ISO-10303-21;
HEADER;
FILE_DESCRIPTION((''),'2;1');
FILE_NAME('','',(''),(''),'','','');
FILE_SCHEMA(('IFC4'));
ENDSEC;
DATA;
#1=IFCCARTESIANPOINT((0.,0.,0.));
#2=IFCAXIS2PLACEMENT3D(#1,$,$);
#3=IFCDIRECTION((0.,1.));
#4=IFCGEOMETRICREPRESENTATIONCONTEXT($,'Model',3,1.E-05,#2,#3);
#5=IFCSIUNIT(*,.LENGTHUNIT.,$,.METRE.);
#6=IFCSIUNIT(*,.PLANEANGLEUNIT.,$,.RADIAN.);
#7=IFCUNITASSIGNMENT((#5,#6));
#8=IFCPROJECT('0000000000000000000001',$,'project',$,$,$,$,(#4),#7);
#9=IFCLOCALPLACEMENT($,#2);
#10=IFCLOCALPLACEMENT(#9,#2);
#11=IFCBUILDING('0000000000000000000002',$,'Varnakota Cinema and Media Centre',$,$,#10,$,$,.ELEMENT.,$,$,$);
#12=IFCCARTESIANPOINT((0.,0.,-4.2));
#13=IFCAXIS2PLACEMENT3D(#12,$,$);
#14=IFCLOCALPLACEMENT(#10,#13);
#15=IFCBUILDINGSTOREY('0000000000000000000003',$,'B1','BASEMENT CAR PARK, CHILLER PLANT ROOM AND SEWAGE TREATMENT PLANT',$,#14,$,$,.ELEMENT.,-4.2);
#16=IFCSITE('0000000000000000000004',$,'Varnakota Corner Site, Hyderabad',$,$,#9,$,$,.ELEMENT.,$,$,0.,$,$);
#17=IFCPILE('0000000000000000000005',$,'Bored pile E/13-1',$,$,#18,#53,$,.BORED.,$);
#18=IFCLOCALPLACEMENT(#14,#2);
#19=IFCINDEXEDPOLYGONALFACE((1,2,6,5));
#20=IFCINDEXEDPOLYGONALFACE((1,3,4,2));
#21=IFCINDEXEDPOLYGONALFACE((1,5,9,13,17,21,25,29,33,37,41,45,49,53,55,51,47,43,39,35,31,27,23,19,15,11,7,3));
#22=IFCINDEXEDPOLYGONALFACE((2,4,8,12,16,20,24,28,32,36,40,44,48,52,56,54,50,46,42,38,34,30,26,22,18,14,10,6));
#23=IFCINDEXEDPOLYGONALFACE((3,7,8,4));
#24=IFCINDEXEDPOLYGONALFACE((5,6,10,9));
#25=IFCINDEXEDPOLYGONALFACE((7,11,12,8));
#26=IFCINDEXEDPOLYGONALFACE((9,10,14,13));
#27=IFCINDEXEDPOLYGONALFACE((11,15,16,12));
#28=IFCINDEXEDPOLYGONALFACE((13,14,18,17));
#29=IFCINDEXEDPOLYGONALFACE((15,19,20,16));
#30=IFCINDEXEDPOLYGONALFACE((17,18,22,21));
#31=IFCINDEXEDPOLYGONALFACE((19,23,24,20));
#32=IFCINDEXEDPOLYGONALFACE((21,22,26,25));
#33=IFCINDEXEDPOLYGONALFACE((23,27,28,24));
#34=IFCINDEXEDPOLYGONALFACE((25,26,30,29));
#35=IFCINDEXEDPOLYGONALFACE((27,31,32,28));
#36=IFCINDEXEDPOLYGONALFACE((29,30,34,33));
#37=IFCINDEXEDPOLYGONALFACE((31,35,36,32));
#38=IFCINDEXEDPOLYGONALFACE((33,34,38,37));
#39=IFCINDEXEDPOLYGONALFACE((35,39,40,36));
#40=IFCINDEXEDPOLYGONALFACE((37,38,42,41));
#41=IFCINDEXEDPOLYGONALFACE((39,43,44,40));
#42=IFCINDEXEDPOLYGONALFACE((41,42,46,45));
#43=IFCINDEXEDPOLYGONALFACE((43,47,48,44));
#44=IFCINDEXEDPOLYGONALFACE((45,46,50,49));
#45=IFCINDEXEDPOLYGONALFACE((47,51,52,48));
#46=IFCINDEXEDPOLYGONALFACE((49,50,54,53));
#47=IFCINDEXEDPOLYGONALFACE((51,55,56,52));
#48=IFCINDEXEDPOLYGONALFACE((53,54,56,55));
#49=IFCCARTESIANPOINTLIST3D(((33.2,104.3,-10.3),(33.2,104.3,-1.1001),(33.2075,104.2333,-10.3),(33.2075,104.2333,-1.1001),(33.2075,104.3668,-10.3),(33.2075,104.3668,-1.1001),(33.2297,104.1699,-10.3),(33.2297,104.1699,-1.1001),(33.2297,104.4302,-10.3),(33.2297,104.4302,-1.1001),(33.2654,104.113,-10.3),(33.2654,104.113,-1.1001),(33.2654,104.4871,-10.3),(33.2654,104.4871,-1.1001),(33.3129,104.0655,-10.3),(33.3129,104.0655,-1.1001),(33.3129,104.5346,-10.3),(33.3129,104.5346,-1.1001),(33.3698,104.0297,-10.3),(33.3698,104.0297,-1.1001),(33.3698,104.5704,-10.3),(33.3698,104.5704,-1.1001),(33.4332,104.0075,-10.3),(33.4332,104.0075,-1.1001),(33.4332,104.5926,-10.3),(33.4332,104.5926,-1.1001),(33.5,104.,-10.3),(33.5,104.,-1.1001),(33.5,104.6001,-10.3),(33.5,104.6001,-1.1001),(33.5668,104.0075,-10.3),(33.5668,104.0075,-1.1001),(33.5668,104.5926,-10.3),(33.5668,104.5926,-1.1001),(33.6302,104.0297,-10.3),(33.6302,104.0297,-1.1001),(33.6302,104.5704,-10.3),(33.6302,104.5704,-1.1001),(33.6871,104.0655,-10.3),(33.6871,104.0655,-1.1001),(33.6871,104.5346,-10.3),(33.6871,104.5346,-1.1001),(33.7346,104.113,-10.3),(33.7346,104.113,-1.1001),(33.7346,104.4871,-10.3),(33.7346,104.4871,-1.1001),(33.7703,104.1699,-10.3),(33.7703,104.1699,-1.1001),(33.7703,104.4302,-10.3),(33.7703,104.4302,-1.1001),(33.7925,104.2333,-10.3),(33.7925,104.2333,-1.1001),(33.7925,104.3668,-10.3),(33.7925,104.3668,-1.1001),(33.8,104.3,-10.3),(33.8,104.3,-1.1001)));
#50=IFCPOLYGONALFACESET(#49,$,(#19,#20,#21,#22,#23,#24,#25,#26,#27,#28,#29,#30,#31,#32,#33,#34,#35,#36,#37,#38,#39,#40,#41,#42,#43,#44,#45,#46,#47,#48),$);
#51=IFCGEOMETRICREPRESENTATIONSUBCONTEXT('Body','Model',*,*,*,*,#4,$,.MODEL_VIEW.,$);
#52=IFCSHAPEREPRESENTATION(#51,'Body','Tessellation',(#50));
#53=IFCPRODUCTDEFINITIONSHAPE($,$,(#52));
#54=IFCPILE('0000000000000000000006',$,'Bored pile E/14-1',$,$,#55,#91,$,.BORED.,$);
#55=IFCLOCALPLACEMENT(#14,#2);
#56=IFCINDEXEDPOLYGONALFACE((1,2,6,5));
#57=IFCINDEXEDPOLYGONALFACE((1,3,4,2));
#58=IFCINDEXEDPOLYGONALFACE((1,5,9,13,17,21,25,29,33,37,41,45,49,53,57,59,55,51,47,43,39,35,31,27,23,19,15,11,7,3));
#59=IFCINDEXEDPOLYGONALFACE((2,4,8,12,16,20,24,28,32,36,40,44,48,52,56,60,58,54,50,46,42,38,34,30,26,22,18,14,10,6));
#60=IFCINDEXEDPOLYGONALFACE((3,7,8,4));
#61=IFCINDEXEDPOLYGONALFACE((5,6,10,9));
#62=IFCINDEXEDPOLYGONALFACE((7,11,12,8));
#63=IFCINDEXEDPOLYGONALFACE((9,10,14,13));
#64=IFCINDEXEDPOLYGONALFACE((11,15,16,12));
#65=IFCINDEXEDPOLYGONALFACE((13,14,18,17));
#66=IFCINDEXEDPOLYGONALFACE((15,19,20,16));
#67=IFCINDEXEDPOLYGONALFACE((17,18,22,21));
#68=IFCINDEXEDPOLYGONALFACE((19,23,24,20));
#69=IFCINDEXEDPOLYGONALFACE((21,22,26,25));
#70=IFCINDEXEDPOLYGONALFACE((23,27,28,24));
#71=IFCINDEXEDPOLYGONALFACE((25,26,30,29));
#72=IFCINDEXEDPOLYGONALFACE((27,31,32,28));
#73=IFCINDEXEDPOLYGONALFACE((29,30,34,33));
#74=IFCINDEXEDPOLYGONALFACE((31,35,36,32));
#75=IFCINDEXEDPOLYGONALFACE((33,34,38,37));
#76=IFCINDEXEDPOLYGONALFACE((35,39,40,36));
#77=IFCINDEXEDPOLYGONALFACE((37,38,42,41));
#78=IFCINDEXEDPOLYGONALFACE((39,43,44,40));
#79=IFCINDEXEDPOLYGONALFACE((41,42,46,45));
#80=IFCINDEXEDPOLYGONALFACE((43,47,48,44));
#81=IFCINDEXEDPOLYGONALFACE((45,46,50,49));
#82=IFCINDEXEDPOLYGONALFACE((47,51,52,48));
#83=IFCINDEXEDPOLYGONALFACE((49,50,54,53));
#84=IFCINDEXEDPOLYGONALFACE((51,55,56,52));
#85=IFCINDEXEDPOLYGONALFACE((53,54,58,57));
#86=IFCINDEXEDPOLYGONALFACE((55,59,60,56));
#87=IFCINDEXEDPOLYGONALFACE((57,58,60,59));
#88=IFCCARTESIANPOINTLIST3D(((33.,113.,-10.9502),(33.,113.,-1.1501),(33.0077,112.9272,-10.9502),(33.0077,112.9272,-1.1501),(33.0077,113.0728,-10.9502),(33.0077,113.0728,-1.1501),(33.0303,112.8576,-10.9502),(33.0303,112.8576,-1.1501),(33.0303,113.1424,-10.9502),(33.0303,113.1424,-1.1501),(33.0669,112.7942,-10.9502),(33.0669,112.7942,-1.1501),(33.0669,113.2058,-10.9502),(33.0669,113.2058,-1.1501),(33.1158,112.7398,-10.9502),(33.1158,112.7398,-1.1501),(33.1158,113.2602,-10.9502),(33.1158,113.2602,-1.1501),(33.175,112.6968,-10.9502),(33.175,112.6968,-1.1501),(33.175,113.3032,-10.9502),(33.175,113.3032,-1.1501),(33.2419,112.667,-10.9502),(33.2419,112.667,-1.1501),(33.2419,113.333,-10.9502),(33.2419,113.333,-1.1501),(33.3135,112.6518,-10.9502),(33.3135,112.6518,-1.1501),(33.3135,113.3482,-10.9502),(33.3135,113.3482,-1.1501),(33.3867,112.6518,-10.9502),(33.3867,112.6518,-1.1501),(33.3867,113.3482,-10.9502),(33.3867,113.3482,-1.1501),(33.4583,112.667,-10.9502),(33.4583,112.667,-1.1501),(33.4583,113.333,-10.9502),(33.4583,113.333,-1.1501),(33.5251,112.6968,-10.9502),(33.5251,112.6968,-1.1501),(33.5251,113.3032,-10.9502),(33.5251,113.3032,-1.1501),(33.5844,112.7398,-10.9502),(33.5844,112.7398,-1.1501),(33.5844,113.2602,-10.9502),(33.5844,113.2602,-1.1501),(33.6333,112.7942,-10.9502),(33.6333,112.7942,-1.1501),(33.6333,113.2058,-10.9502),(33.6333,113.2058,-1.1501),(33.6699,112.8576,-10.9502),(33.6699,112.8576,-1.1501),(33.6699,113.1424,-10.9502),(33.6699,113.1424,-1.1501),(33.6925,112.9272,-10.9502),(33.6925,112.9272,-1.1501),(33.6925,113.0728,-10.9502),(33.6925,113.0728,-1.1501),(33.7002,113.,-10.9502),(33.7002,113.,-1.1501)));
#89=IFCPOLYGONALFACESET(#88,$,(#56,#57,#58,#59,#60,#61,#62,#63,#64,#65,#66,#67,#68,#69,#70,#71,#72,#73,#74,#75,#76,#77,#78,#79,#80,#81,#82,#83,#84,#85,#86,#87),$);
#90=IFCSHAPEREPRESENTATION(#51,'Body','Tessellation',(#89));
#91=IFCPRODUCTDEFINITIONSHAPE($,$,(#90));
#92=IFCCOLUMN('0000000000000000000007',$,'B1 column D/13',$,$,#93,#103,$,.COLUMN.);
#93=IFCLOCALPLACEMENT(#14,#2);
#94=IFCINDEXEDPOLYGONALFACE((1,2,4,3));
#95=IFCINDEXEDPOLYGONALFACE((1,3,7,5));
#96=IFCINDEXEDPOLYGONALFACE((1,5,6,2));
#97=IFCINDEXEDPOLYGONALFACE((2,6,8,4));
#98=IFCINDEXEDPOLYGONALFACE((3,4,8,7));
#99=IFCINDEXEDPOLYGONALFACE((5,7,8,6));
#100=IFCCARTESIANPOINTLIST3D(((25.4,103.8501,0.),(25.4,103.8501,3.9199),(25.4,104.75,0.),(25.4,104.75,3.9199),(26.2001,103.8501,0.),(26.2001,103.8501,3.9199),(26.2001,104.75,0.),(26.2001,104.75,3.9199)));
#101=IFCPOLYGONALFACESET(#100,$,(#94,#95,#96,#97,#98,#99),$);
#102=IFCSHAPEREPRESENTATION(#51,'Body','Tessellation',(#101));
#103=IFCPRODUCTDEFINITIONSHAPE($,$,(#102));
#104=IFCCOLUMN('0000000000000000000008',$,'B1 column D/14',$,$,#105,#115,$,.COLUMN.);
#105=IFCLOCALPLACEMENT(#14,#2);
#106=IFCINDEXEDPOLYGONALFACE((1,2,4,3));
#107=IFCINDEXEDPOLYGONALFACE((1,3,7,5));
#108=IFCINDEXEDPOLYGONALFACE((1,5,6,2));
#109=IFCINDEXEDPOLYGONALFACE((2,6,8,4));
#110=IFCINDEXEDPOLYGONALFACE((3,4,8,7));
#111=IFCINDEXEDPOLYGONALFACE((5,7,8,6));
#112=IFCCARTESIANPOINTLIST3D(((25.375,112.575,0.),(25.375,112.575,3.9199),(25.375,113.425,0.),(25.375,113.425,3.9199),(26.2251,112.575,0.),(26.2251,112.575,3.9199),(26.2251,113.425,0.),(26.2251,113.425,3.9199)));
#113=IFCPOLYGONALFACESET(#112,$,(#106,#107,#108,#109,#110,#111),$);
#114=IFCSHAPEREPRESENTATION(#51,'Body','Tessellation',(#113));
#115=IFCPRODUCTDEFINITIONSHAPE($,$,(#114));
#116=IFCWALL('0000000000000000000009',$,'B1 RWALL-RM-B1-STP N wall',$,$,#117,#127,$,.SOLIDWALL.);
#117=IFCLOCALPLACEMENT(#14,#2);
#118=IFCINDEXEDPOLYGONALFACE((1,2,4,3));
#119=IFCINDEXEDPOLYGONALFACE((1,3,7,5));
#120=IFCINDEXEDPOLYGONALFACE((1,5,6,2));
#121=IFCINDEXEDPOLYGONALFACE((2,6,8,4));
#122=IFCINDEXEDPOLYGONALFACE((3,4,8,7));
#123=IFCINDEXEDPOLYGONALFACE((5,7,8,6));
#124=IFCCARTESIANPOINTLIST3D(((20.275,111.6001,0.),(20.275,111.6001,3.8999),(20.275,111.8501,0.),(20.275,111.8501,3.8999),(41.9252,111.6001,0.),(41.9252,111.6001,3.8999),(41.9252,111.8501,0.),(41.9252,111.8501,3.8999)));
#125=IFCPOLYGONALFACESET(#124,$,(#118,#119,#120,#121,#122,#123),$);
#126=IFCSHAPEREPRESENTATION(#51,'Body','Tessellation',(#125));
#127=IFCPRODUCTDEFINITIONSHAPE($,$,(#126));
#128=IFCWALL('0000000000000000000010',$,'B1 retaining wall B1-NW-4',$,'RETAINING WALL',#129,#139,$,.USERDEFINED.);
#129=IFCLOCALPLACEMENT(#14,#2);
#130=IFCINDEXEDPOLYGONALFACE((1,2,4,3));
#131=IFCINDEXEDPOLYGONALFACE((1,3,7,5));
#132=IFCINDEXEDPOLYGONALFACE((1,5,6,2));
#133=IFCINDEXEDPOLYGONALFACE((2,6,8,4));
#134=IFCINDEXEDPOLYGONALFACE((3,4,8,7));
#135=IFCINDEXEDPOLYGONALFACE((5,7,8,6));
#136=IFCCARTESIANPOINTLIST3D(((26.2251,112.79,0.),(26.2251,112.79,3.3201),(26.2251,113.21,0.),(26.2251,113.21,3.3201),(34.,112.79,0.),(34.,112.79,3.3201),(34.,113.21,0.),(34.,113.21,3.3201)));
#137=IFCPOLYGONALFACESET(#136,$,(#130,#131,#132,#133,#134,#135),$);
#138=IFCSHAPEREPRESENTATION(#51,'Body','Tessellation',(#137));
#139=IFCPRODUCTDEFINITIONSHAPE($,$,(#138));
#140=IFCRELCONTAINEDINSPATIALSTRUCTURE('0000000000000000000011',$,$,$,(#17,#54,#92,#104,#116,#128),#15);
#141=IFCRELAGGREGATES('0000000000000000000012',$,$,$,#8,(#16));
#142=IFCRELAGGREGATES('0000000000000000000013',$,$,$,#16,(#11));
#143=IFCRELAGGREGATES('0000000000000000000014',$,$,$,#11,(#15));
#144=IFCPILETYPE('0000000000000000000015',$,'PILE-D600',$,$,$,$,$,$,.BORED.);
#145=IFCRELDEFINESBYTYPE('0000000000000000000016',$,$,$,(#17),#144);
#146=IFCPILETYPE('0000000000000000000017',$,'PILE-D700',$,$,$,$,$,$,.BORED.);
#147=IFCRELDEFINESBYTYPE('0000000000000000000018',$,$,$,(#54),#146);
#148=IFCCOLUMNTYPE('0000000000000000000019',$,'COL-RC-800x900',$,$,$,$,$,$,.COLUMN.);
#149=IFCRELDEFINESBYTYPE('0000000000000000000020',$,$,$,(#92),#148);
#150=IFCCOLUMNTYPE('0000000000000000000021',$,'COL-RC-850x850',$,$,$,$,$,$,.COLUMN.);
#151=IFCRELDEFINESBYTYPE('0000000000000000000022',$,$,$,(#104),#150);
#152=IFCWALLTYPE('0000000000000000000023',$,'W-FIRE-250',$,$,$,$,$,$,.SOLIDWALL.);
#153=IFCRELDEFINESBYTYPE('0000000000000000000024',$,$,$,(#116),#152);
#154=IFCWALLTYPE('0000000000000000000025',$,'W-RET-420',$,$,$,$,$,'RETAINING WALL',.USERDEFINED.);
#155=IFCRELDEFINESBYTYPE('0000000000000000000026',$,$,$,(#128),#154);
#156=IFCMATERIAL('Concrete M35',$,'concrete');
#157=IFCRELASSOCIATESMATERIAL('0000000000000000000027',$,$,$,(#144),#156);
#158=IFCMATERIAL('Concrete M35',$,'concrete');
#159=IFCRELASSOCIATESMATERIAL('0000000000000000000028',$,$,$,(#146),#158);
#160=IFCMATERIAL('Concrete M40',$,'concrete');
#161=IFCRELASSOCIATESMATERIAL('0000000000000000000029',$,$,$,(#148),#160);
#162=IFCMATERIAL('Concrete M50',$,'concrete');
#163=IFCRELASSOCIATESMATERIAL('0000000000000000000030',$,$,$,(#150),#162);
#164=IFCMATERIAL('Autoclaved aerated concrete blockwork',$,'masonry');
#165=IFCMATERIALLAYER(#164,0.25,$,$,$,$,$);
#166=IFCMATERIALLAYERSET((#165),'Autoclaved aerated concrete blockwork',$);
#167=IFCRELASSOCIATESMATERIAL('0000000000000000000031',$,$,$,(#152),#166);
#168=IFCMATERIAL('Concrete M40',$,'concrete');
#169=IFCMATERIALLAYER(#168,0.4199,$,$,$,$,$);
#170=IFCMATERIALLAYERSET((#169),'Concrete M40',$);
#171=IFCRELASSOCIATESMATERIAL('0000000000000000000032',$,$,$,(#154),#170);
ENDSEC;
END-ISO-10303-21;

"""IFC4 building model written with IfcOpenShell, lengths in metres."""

from ifc_helpers import new_model, si_unit, direction, frame, frame_2d, origin, origin_2d, place, context, subcontext, project, spatial, rectangle, circle, extrude, material, layer, layer_set, material_profile, profile_set, type_object, element, save


model = new_model("IFC4")

# Units and contexts
model_context = context("Model", 3, precision=1e-05, world=origin(), true_north=direction((0.0, 1.0)))
body_context = subcontext(model_context, "Body", "Model", "MODEL_VIEW")
ifc_project = project(units=[si_unit("LENGTHUNIT", "METRE"), si_unit("PLANEANGLEUNIT", "RADIAN")], contexts=[model_context])

# Site, building, storey
site_placement = place(None, origin())
site = spatial("IfcSite", under=ifc_project, at=site_placement, Name="Varnakota Corner Site, Hyderabad", CompositionType="ELEMENT", RefElevation=0.0)
building_placement = place(site_placement, origin())
building = spatial("IfcBuilding", under=site, at=building_placement, Name="Varnakota Cinema and Media Centre", CompositionType="ELEMENT")
storey_placement = place(building_placement, frame((0.0, 0.0, -4.2)))
storey = spatial("IfcBuildingStorey", under=building, at=storey_placement, Name="B1", Description="BASEMENT CAR PARK, CHILLER PLANT ROOM AND SEWAGE TREATMENT PLANT", CompositionType="ELEMENT", Elevation=-4.2)

# Piles
ifc_material_1 = material(Name="Concrete M35", Category="concrete")
ifc_material_profile_1 = material_profile(ifc_material_1, circle(Radius=0.3, at=origin_2d()), Name="PILE D600")
ifc_profile_set_1 = profile_set([ifc_material_profile_1], Name="Concrete M35")
pile_type_1 = type_object("IfcPileType", Name="PILE-D600", PredefinedType="BORED", material=ifc_profile_set_1)
for number, where, z_axis, x_axis, name in (
    (1, (33.5, 104.3, -1.1001), (0.0, 0.0, -1.0), (1.0, 0.0, 0.0), "Bored pile E/13-1"),
):
    element("IfcPile", number, at=place(storey_placement, frame(where, z_axis=z_axis, x_axis=x_axis)), inside=storey, type_object=pile_type_1, Name=name, PredefinedType="BORED", context=body_context, shape_type="SweptSolid", body=[
        extrude(circle(Radius=0.3, at=origin_2d()), origin(), (0.0, 0.0, 1.0), 9.2),
    ])
ifc_material_2 = material(Name="Concrete M35", Category="concrete")
ifc_material_profile_2 = material_profile(ifc_material_2, circle(Radius=0.3501, at=origin_2d()), Name="PILE D700")
ifc_profile_set_2 = profile_set([ifc_material_profile_2], Name="Concrete M35")
pile_type_2 = type_object("IfcPileType", Name="PILE-D700", PredefinedType="BORED", material=ifc_profile_set_2)
pile_placement = place(storey_placement, frame((33.3501, 113.0, -1.1501), z_axis=(0.0, 0.0, -1.0), x_axis=(1.0, 0.0, 0.0)))
element("IfcPile", 2, at=pile_placement, inside=storey, type_object=pile_type_2, Name="Bored pile E/14-1", PredefinedType="BORED", context=body_context, shape_type="SweptSolid", body=[
    extrude(circle(Radius=0.3501, at=origin_2d()), origin(), (0.0, 0.0, 1.0), 9.8),
])

# Columns
ifc_material_3 = material(Name="Concrete M40", Category="concrete")
ifc_material_profile_3 = material_profile(ifc_material_3, rectangle(XDim=0.8, YDim=0.8999, at=origin_2d()), Name="RC 800x900")
ifc_profile_set_3 = profile_set([ifc_material_profile_3], Name="Concrete M40")
column_type_1 = type_object("IfcColumnType", Name="COL-RC-800x900", PredefinedType="COLUMN", material=ifc_profile_set_3)
column_1_placement = place(storey_placement, frame((25.8, 104.3, 0.0), z_axis=(0.0, 0.0, 1.0), x_axis=(1.0, 0.0, 0.0)))
element("IfcColumn", 3, at=column_1_placement, inside=storey, type_object=column_type_1, Name="B1 column D/13", PredefinedType="COLUMN", context=body_context, shape_type="SweptSolid", body=[
    extrude(rectangle(XDim=0.8, YDim=0.8999, at=origin_2d()), origin(), (0.0, 0.0, 1.0), 3.9199),
])
ifc_material_4 = material(Name="Concrete M50", Category="concrete")
ifc_material_profile_4 = material_profile(ifc_material_4, rectangle(XDim=0.8501, YDim=0.8501, at=origin_2d()), Name="RC 850x850")
ifc_profile_set_4 = profile_set([ifc_material_profile_4], Name="Concrete M50")
column_type_2 = type_object("IfcColumnType", Name="COL-RC-850x850", PredefinedType="COLUMN", material=ifc_profile_set_4)
column_2_placement = place(storey_placement, frame((25.8, 113.0, 0.0), z_axis=(0.0, 0.0, 1.0), x_axis=(1.0, 0.0, 0.0)))
element("IfcColumn", 4, at=column_2_placement, inside=storey, type_object=column_type_2, Name="B1 column D/14", PredefinedType="COLUMN", context=body_context, shape_type="SweptSolid", body=[
    extrude(rectangle(XDim=0.8501, YDim=0.8501, at=origin_2d()), origin(), (0.0, 0.0, 1.0), 3.9199),
])

# Walls
ifc_material_5 = material(Name="Autoclaved aerated concrete blockwork", Category="masonry")
ifc_layer_1 = layer(ifc_material_5, 0.25)
ifc_layer_set_1 = layer_set([ifc_layer_1], Name="Autoclaved aerated concrete blockwork")
wall_type_1 = type_object("IfcWallType", Name="W-FIRE-250", PredefinedType="SOLIDWALL", material=ifc_layer_set_1)
wall_1_placement = place(storey_placement, frame((20.2749, 111.7251, 0.0), z_axis=(0.0, 0.0, 1.0), x_axis=(1.0, 0.0, 0.0)))
element("IfcWall", 5, at=wall_1_placement, inside=storey, type_object=wall_type_1, Name="B1 RWALL-RM-B1-STP N wall", PredefinedType="SOLIDWALL", context=body_context, shape_type="SweptSolid", body=[
    extrude(rectangle(XDim=21.6501, YDim=0.25, at=frame_2d((10.8252, 0.0))), origin(), (0.0, 0.0, 1.0), 3.8999),
])
ifc_material_6 = material(Name="Concrete M40", Category="concrete")
ifc_layer_2 = layer(ifc_material_6, 0.4199)
ifc_layer_set_2 = layer_set([ifc_layer_2], Name="Concrete M40")
wall_type_2 = type_object("IfcWallType", Name="W-RET-420", ElementType="RETAINING WALL", PredefinedType="USERDEFINED", material=ifc_layer_set_2)
wall_2_placement = place(storey_placement, frame((26.2251, 113.0, 0.0), z_axis=(0.0, 0.0, 1.0), x_axis=(1.0, 0.0, 0.0)))
element("IfcWall", 6, at=wall_2_placement, inside=storey, type_object=wall_type_2, Name="B1 retaining wall B1-NW-4", ObjectType="RETAINING WALL", PredefinedType="USERDEFINED", context=body_context, shape_type="SweptSolid", body=[
    extrude(rectangle(XDim=7.7749, YDim=0.4199, at=frame_2d((3.8875, 0.0))), origin(), (0.0, 0.0, 1.0), 3.3201),
])

save(model, "model.ifc")
